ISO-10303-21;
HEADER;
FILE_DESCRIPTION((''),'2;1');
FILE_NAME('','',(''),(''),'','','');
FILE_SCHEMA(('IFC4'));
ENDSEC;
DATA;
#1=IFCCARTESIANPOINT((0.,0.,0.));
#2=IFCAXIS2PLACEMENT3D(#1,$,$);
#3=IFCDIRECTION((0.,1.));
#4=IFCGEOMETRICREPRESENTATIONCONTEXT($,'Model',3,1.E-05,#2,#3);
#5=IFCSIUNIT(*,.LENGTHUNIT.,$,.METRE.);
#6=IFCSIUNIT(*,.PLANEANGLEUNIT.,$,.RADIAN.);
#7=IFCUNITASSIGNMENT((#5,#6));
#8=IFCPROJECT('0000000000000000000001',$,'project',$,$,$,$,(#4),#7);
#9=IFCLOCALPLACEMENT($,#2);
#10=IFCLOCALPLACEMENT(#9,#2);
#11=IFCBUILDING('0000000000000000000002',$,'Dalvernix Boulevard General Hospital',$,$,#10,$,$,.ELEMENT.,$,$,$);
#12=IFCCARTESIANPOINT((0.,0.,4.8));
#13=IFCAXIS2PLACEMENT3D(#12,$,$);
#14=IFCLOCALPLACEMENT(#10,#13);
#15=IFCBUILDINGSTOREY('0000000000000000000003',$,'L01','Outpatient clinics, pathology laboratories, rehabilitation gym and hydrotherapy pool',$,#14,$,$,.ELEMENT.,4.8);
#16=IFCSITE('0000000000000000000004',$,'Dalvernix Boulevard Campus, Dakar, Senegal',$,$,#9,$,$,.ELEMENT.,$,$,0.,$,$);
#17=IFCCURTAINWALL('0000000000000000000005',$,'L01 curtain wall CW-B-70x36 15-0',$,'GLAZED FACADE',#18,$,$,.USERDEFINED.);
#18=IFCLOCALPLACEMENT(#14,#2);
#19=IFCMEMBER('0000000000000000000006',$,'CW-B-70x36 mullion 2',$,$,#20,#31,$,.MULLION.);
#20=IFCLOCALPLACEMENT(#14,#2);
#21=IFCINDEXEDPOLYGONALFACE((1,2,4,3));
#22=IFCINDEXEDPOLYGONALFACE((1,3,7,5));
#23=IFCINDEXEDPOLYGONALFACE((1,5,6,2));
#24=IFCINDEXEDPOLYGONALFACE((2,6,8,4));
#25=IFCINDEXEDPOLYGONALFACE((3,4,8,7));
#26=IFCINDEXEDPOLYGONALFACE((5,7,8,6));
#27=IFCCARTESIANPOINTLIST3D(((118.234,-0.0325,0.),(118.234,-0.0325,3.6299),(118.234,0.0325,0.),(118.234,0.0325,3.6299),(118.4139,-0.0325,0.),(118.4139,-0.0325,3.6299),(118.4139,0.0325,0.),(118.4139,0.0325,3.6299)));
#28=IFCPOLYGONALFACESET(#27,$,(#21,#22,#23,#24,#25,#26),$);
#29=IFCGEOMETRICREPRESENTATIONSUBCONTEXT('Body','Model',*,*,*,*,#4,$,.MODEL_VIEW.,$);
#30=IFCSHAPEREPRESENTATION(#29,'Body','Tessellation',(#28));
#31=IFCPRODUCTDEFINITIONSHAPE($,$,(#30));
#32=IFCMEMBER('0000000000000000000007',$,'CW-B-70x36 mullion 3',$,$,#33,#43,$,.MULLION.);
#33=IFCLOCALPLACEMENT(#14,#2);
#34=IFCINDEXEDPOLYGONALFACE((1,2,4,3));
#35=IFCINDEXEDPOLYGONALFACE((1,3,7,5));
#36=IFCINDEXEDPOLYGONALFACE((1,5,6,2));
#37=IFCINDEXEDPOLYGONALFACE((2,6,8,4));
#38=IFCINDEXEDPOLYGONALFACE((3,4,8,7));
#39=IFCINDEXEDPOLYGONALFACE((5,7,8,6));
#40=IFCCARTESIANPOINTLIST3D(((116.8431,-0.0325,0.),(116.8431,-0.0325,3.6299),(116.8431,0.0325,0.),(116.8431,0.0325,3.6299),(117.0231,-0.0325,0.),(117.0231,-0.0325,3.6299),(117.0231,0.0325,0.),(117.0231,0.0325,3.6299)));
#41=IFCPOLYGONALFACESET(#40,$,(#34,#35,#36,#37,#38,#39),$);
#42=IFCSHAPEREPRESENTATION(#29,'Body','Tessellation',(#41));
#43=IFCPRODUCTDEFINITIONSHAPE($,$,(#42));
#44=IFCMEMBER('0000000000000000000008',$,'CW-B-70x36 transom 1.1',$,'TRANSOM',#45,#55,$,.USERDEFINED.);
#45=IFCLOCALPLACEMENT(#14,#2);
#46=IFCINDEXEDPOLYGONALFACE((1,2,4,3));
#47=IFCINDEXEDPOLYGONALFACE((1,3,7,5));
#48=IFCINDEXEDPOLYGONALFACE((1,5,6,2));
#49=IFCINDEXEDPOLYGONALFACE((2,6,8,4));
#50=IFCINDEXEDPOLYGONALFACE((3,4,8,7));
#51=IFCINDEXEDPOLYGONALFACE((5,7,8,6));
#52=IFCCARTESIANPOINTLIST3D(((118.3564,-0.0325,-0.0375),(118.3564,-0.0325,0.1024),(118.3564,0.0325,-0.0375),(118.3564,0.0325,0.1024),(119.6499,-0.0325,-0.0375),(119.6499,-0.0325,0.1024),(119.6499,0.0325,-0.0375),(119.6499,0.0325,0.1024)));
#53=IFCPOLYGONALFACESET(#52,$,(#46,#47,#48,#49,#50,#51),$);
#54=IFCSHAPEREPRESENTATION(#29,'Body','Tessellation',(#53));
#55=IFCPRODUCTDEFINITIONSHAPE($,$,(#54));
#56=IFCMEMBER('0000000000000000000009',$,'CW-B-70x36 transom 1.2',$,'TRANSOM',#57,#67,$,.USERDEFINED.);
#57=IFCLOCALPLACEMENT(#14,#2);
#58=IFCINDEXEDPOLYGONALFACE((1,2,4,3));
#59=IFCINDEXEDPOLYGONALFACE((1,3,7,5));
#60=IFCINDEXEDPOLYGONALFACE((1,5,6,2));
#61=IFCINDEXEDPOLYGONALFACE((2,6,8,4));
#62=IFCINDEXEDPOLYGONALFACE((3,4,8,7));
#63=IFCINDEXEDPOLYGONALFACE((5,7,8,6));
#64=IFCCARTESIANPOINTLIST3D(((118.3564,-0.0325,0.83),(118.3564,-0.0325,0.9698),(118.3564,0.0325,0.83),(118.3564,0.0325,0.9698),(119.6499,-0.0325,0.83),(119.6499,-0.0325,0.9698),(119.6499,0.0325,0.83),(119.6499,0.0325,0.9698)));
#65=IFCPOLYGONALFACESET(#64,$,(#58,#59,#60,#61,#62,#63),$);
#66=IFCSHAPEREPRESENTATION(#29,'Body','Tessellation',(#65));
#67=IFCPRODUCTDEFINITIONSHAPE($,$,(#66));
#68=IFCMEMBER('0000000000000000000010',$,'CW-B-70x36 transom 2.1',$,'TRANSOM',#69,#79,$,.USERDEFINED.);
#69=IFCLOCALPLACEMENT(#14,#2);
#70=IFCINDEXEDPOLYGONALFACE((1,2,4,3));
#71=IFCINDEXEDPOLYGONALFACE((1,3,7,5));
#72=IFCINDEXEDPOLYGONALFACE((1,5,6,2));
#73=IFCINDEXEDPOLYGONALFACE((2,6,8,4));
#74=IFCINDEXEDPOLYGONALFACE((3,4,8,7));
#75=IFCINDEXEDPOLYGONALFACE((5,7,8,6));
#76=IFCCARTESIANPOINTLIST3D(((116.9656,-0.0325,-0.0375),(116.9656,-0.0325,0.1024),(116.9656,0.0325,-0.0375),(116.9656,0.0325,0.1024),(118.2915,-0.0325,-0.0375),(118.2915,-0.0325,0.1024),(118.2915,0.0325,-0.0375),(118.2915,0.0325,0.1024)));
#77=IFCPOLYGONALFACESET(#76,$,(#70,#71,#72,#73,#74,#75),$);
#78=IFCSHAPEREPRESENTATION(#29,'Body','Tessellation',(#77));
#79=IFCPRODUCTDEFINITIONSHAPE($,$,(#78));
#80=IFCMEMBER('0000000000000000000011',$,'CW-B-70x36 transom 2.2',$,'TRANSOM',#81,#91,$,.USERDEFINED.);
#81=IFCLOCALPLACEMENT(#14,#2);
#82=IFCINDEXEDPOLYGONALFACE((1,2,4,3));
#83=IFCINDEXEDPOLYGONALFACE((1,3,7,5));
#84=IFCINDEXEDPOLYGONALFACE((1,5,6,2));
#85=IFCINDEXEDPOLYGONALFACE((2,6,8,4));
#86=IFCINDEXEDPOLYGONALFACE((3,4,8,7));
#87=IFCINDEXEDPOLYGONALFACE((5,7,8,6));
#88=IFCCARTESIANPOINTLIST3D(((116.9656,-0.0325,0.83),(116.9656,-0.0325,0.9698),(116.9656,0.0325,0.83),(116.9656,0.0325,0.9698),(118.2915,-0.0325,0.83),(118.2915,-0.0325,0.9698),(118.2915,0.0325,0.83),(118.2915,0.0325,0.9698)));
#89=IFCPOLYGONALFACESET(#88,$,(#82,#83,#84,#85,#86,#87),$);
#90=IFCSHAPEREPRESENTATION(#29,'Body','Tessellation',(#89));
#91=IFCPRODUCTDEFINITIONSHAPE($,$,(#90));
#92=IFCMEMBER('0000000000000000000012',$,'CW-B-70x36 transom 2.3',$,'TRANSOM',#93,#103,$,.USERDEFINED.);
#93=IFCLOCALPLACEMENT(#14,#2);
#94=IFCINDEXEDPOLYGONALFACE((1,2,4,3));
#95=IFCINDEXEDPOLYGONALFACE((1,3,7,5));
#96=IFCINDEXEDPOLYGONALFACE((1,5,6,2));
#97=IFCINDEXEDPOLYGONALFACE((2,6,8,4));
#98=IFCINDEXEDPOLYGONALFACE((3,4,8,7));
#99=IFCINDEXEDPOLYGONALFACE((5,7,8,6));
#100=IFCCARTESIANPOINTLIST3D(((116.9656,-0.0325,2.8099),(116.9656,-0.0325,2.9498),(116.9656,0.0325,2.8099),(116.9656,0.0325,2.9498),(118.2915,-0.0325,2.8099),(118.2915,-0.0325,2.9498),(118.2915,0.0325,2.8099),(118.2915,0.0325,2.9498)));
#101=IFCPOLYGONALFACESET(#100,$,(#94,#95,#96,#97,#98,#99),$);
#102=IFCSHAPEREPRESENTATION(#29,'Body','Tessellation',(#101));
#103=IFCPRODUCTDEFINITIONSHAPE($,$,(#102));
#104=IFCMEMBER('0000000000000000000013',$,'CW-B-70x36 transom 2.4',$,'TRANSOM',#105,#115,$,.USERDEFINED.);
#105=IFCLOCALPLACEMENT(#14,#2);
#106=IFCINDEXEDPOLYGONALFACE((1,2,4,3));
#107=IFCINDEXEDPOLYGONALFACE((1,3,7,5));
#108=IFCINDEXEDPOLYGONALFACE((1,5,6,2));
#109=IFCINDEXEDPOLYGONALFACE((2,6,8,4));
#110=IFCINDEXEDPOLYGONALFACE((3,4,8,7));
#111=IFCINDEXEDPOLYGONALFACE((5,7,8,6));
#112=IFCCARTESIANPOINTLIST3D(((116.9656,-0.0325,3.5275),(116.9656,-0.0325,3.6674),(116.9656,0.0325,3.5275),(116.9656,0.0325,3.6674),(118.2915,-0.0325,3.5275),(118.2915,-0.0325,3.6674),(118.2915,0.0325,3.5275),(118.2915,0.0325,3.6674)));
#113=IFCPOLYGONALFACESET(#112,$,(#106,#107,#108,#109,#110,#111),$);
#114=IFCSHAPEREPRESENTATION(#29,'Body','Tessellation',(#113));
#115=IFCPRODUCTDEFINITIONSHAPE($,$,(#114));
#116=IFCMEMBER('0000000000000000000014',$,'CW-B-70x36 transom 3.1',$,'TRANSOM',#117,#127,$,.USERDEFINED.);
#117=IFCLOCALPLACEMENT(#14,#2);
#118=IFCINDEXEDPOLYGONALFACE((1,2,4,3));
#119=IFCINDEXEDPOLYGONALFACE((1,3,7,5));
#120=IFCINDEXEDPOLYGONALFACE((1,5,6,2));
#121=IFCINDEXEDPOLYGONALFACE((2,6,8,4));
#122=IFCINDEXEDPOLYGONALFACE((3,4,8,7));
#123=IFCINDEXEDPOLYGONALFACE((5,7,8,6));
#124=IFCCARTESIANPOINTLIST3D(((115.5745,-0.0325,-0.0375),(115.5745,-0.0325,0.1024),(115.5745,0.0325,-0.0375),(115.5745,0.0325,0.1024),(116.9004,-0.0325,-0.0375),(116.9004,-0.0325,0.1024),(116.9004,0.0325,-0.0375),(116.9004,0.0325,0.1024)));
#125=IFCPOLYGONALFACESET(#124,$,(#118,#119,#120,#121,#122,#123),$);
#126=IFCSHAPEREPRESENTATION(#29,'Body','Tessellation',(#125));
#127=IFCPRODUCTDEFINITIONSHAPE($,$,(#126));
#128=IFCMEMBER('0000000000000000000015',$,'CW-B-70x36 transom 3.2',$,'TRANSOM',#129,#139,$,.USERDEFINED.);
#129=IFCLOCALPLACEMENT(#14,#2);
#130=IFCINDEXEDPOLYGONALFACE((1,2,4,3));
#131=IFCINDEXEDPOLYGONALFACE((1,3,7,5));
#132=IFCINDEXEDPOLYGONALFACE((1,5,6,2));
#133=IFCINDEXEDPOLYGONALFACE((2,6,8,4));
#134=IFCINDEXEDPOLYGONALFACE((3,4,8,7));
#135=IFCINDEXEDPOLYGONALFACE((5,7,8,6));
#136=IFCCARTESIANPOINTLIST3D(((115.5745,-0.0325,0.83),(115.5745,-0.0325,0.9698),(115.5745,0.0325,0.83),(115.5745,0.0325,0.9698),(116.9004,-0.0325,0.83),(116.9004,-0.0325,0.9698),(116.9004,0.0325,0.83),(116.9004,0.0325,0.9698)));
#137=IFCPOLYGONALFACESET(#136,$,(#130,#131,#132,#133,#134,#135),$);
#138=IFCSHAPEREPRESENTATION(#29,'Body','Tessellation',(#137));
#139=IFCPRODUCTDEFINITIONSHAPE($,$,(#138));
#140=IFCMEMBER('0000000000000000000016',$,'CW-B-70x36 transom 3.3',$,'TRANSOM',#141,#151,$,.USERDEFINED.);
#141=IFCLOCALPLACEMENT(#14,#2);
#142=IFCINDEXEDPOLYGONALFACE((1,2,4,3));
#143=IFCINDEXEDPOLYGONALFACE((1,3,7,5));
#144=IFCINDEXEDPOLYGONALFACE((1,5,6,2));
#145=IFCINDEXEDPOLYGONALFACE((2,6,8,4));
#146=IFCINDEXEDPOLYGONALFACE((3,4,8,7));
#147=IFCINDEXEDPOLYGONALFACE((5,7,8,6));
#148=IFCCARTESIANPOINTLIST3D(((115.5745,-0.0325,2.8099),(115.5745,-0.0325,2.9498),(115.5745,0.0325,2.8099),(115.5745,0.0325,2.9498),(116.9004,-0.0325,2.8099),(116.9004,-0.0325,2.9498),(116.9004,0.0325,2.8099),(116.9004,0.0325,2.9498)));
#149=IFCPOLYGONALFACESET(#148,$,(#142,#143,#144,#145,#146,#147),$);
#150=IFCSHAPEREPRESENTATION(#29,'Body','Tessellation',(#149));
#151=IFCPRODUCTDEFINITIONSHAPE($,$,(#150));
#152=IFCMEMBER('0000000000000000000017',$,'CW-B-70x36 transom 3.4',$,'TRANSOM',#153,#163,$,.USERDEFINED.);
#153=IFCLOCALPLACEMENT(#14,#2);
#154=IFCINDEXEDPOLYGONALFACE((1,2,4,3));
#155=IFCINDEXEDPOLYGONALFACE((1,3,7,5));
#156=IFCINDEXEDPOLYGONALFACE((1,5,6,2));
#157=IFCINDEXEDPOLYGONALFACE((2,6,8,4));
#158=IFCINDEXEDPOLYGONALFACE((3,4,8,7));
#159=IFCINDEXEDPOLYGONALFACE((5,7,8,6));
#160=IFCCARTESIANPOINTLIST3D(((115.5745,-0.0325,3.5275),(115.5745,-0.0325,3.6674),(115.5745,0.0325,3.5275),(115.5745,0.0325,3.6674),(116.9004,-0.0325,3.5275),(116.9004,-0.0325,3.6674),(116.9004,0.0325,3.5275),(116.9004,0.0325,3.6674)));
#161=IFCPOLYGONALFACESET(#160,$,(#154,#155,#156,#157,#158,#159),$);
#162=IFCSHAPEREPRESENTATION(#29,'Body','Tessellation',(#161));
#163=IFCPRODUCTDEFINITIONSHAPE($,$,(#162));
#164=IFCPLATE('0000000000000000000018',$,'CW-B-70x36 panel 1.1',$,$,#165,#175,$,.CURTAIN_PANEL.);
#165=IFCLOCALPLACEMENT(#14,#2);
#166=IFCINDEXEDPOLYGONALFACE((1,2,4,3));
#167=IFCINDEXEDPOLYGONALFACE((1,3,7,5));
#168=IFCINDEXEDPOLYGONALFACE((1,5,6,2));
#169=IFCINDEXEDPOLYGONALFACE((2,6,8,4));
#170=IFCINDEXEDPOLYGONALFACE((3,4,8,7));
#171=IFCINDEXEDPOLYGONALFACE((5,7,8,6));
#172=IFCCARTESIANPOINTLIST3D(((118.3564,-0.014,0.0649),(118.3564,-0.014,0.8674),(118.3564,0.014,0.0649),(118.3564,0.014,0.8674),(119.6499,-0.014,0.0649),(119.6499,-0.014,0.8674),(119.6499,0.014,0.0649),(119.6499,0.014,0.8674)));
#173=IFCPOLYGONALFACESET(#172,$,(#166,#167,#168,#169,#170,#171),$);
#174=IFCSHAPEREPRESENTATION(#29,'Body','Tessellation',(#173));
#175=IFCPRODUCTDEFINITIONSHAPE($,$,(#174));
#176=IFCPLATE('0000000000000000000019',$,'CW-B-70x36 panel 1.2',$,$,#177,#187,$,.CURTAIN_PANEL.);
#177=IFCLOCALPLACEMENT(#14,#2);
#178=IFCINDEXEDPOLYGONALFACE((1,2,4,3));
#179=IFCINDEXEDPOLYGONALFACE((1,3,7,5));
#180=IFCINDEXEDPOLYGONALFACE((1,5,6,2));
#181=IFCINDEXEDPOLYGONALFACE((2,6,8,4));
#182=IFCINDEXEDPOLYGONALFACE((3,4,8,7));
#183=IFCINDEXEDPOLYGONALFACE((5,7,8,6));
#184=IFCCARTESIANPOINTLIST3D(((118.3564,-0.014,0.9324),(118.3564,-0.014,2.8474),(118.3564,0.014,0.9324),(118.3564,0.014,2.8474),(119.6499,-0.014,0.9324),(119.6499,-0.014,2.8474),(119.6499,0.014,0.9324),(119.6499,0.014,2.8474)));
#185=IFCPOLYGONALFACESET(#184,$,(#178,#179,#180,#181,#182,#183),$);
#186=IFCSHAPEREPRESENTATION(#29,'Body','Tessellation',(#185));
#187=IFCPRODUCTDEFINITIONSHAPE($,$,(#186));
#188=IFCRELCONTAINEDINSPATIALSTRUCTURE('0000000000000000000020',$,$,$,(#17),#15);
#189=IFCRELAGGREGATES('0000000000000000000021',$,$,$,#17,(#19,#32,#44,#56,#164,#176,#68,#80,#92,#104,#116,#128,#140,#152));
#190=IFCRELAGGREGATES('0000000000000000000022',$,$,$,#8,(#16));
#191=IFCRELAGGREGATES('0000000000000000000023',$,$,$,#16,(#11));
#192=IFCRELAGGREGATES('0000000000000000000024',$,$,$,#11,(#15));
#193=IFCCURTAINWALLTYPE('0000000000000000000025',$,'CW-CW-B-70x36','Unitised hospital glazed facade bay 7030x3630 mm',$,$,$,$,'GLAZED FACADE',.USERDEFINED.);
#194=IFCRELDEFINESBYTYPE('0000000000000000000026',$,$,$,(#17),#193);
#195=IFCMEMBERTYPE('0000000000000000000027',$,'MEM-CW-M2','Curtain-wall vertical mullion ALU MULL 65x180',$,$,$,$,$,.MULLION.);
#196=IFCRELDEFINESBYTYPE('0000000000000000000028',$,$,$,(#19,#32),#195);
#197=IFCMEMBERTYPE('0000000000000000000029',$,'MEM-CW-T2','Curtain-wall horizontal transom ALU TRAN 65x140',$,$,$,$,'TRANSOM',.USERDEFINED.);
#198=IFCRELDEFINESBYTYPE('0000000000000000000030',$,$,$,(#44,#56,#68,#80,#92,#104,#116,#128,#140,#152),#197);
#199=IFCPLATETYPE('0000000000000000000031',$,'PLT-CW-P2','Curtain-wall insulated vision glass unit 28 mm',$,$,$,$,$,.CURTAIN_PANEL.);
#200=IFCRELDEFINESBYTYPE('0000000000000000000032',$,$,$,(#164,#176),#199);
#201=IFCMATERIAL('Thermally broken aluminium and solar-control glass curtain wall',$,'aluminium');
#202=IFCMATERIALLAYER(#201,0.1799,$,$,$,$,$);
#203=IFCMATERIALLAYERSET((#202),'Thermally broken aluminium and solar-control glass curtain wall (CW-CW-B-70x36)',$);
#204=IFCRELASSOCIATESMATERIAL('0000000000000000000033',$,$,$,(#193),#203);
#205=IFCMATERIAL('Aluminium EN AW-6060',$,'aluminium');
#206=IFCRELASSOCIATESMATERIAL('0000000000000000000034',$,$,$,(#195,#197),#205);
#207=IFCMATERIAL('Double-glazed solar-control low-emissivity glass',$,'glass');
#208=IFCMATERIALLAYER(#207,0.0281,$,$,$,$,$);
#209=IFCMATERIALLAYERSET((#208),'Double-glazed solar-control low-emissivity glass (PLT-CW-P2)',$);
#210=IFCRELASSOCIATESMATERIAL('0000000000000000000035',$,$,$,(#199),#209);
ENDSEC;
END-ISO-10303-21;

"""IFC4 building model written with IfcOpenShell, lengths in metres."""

from ifc_helpers import new_model, si_unit, direction, frame, origin, origin_2d, place, context, subcontext, project, spatial, rectangle, extrude, material, layer, layer_set, material_profile, profile_set, type_object, element, aggregate, save


model = new_model("IFC4")

# Units and contexts
model_context = context("Model", 3, precision=1e-05, world=origin(), true_north=direction((0.0, 1.0)))
body_context = subcontext(model_context, "Body", "Model", "MODEL_VIEW")
ifc_project = project(units=[si_unit("LENGTHUNIT", "METRE"), si_unit("PLANEANGLEUNIT", "RADIAN")], contexts=[model_context])

# Site, building, storey
site_placement = place(None, origin())
site = spatial("IfcSite", under=ifc_project, at=site_placement, Name="Dalvernix Boulevard Campus, Dakar, Senegal", CompositionType="ELEMENT", RefElevation=0.0)
building_placement = place(site_placement, origin())
building = spatial("IfcBuilding", under=site, at=building_placement, Name="Dalvernix Boulevard General Hospital", CompositionType="ELEMENT")
storey_placement = place(building_placement, frame((0.0, 0.0, 4.8)))
storey = spatial("IfcBuildingStorey", under=building, at=storey_placement, Name="L01", Description="Outpatient clinics, pathology laboratories, rehabilitation gym and hydrotherapy pool", CompositionType="ELEMENT", Elevation=4.8)

# Curtain wall, members, plates
ifc_material_1 = material(Name="Thermally broken aluminium and solar-control glass curtain wall", Category="aluminium")
ifc_layer_1 = layer(ifc_material_1, 0.1799)
ifc_layer_set_1 = layer_set([ifc_layer_1], Name="Thermally broken aluminium and solar-control glass curtain wall (CW-CW-B-70x36)")
curtain_wall_type = type_object("IfcCurtainWallType", Name="CW-CW-B-70x36", Description="Unitised hospital glazed facade bay 7030x3630 mm", ElementType="GLAZED FACADE", PredefinedType="USERDEFINED", material=ifc_layer_set_1)
curtain_wall_placement = place(storey_placement, origin())
curtain_wall = element("IfcCurtainWall", 1, at=curtain_wall_placement, inside=storey, type_object=curtain_wall_type, Name="L01 curtain wall CW-B-70x36 15-0", ObjectType="GLAZED FACADE", PredefinedType="USERDEFINED")
ifc_material_2 = material(Name="Aluminium EN AW-6060", Category="aluminium")
ifc_material_profile_1 = material_profile(ifc_material_2, rectangle(XDim=0.0649, YDim=0.1799, at=origin_2d()), Name="ALU MULL 65x180")
ifc_profile_set_1 = profile_set([ifc_material_profile_1], Name="Aluminium EN AW-6060")
member_type_1 = type_object("IfcMemberType", Name="MEM-CW-M2", Description="Curtain-wall vertical mullion ALU MULL 65x180", PredefinedType="MULLION", material=ifc_profile_set_1)
member_1_placement = place(storey_placement, frame((118.324, 0.0, 0.0), z_axis=(0.0, 0.0, 1.0), x_axis=(0.0, -1.0, 0.0)))
member_1 = element("IfcMember", 2, at=member_1_placement, type_object=member_type_1, Name="CW-B-70x36 mullion 2", PredefinedType="MULLION", context=body_context, shape_type="SweptSolid", body=[
    extrude(rectangle(XDim=0.0649, YDim=0.1799, at=origin_2d()), origin(), (0.0, 0.0, 1.0), 3.6299),
])
member_2_placement = place(storey_placement, frame((116.9331, 0.0, 0.0), z_axis=(0.0, 0.0, 1.0), x_axis=(0.0, -1.0, 0.0)))
member_2 = element("IfcMember", 3, at=member_2_placement, type_object=member_type_1, Name="CW-B-70x36 mullion 3", PredefinedType="MULLION", context=body_context, shape_type="SweptSolid", body=[
    extrude(rectangle(XDim=0.0649, YDim=0.1799, at=origin_2d()), origin(), (0.0, 0.0, 1.0), 3.6299),
])
ifc_material_profile_2 = material_profile(ifc_material_2, rectangle(XDim=0.0649, YDim=0.1399, at=origin_2d()), Name="ALU TRAN 65x140")
ifc_profile_set_2 = profile_set([ifc_material_profile_2], Name="Aluminium EN AW-6060")
member_type_2 = type_object("IfcMemberType", Name="MEM-CW-T2", Description="Curtain-wall horizontal transom ALU TRAN 65x140", ElementType="TRANSOM", PredefinedType="USERDEFINED", material=ifc_profile_set_2)
member_3_placement = place(storey_placement, frame((119.6499, 0.0, 0.0325), z_axis=(-1.0, 0.0, 0.0), x_axis=(0.0, -1.0, 0.0)))
member_3 = element("IfcMember", 4, at=member_3_placement, type_object=member_type_2, Name="CW-B-70x36 transom 1.1", ObjectType="TRANSOM", PredefinedType="USERDEFINED", context=body_context, shape_type="SweptSolid", body=[
    extrude(rectangle(XDim=0.0649, YDim=0.1399, at=origin_2d()), origin(), (0.0, 0.0, 1.0), 1.2935),
])
member_4_placement = place(storey_placement, frame((119.6499, 0.0, 0.8999), z_axis=(-1.0, 0.0, 0.0), x_axis=(0.0, -1.0, 0.0)))
member_4 = element("IfcMember", 5, at=member_4_placement, type_object=member_type_2, Name="CW-B-70x36 transom 1.2", ObjectType="TRANSOM", PredefinedType="USERDEFINED", context=body_context, shape_type="SweptSolid", body=[
    extrude(rectangle(XDim=0.0649, YDim=0.1399, at=origin_2d()), origin(), (0.0, 0.0, 1.0), 1.2935),
])
member_5_placement = place(storey_placement, frame((118.2915, 0.0, 0.0325), z_axis=(-1.0, 0.0, 0.0), x_axis=(0.0, -1.0, 0.0)))
member_5 = element("IfcMember", 6, at=member_5_placement, type_object=member_type_2, Name="CW-B-70x36 transom 2.1", ObjectType="TRANSOM", PredefinedType="USERDEFINED", context=body_context, shape_type="SweptSolid", body=[
    extrude(rectangle(XDim=0.0649, YDim=0.1399, at=origin_2d()), origin(), (0.0, 0.0, 1.0), 1.3259),
])
member_6_placement = place(storey_placement, frame((118.2915, 0.0, 0.8999), z_axis=(-1.0, 0.0, 0.0), x_axis=(0.0, -1.0, 0.0)))
member_6 = element("IfcMember", 7, at=member_6_placement, type_object=member_type_2, Name="CW-B-70x36 transom 2.2", ObjectType="TRANSOM", PredefinedType="USERDEFINED", context=body_context, shape_type="SweptSolid", body=[
    extrude(rectangle(XDim=0.0649, YDim=0.1399, at=origin_2d()), origin(), (0.0, 0.0, 1.0), 1.3259),
])
member_7_placement = place(storey_placement, frame((118.2915, 0.0, 2.8799), z_axis=(-1.0, 0.0, 0.0), x_axis=(0.0, -1.0, 0.0)))
member_7 = element("IfcMember", 8, at=member_7_placement, type_object=member_type_2, Name="CW-B-70x36 transom 2.3", ObjectType="TRANSOM", PredefinedType="USERDEFINED", context=body_context, shape_type="SweptSolid", body=[
    extrude(rectangle(XDim=0.0649, YDim=0.1399, at=origin_2d()), origin(), (0.0, 0.0, 1.0), 1.3259),
])
member_8_placement = place(storey_placement, frame((118.2915, 0.0, 3.5974), z_axis=(-1.0, 0.0, 0.0), x_axis=(0.0, -1.0, 0.0)))
member_8 = element("IfcMember", 9, at=member_8_placement, type_object=member_type_2, Name="CW-B-70x36 transom 2.4", ObjectType="TRANSOM", PredefinedType="USERDEFINED", context=body_context, shape_type="SweptSolid", body=[
    extrude(rectangle(XDim=0.0649, YDim=0.1399, at=origin_2d()), origin(), (0.0, 0.0, 1.0), 1.3259),
])
member_9_placement = place(storey_placement, frame((116.9004, 0.0, 0.0325), z_axis=(-1.0, 0.0, 0.0), x_axis=(0.0, -1.0, 0.0)))
member_9 = element("IfcMember", 10, at=member_9_placement, type_object=member_type_2, Name="CW-B-70x36 transom 3.1", ObjectType="TRANSOM", PredefinedType="USERDEFINED", context=body_context, shape_type="SweptSolid", body=[
    extrude(rectangle(XDim=0.0649, YDim=0.1399, at=origin_2d()), origin(), (0.0, 0.0, 1.0), 1.3259),
])
member_10_placement = place(storey_placement, frame((116.9004, 0.0, 0.8999), z_axis=(-1.0, 0.0, 0.0), x_axis=(0.0, -1.0, 0.0)))
member_10 = element("IfcMember", 11, at=member_10_placement, type_object=member_type_2, Name="CW-B-70x36 transom 3.2", ObjectType="TRANSOM", PredefinedType="USERDEFINED", context=body_context, shape_type="SweptSolid", body=[
    extrude(rectangle(XDim=0.0649, YDim=0.1399, at=origin_2d()), origin(), (0.0, 0.0, 1.0), 1.3259),
])
member_11_placement = place(storey_placement, frame((116.9004, 0.0, 2.8799), z_axis=(-1.0, 0.0, 0.0), x_axis=(0.0, -1.0, 0.0)))
member_11 = element("IfcMember", 12, at=member_11_placement, type_object=member_type_2, Name="CW-B-70x36 transom 3.3", ObjectType="TRANSOM", PredefinedType="USERDEFINED", context=body_context, shape_type="SweptSolid", body=[
    extrude(rectangle(XDim=0.0649, YDim=0.1399, at=origin_2d()), origin(), (0.0, 0.0, 1.0), 1.3259),
])
member_12_placement = place(storey_placement, frame((116.9004, 0.0, 3.5974), z_axis=(-1.0, 0.0, 0.0), x_axis=(0.0, -1.0, 0.0)))
member_12 = element("IfcMember", 13, at=member_12_placement, type_object=member_type_2, Name="CW-B-70x36 transom 3.4", ObjectType="TRANSOM", PredefinedType="USERDEFINED", context=body_context, shape_type="SweptSolid", body=[
    extrude(rectangle(XDim=0.0649, YDim=0.1399, at=origin_2d()), origin(), (0.0, 0.0, 1.0), 1.3259),
])
ifc_material_3 = material(Name="Double-glazed solar-control low-emissivity glass", Category="glass")
ifc_layer_2 = layer(ifc_material_3, 0.0281)
ifc_layer_set_2 = layer_set([ifc_layer_2], Name="Double-glazed solar-control low-emissivity glass (PLT-CW-P2)")
plate_type = type_object("IfcPlateType", Name="PLT-CW-P2", Description="Curtain-wall insulated vision glass unit 28 mm", PredefinedType="CURTAIN_PANEL", material=ifc_layer_set_2)
plate_1_placement = place(storey_placement, frame((119.0032, 0.0, 0.0649), z_axis=(0.0, 0.0, 1.0), x_axis=(-1.0, 0.0, 0.0)))
plate_1 = element("IfcPlate", 14, at=plate_1_placement, type_object=plate_type, Name="CW-B-70x36 panel 1.1", PredefinedType="CURTAIN_PANEL", context=body_context, shape_type="SweptSolid", body=[
    extrude(rectangle(XDim=1.2935, YDim=0.0281, at=origin_2d()), origin(), (0.0, 0.0, 1.0), 0.8025),
])
plate_2_placement = place(storey_placement, frame((119.0032, 0.0, 0.9324), z_axis=(0.0, 0.0, 1.0), x_axis=(-1.0, 0.0, 0.0)))
plate_2 = element("IfcPlate", 15, at=plate_2_placement, type_object=plate_type, Name="CW-B-70x36 panel 1.2", PredefinedType="CURTAIN_PANEL", context=body_context, shape_type="SweptSolid", body=[
    extrude(rectangle(XDim=1.2935, YDim=0.0281, at=origin_2d()), origin(), (0.0, 0.0, 1.0), 1.915),
])
aggregate(curtain_wall, [member_1, member_2, member_3, member_4, plate_1, plate_2, member_5, member_6, member_7, member_8, member_9, member_10, member_11, member_12])

save(model, "model.ifc")
